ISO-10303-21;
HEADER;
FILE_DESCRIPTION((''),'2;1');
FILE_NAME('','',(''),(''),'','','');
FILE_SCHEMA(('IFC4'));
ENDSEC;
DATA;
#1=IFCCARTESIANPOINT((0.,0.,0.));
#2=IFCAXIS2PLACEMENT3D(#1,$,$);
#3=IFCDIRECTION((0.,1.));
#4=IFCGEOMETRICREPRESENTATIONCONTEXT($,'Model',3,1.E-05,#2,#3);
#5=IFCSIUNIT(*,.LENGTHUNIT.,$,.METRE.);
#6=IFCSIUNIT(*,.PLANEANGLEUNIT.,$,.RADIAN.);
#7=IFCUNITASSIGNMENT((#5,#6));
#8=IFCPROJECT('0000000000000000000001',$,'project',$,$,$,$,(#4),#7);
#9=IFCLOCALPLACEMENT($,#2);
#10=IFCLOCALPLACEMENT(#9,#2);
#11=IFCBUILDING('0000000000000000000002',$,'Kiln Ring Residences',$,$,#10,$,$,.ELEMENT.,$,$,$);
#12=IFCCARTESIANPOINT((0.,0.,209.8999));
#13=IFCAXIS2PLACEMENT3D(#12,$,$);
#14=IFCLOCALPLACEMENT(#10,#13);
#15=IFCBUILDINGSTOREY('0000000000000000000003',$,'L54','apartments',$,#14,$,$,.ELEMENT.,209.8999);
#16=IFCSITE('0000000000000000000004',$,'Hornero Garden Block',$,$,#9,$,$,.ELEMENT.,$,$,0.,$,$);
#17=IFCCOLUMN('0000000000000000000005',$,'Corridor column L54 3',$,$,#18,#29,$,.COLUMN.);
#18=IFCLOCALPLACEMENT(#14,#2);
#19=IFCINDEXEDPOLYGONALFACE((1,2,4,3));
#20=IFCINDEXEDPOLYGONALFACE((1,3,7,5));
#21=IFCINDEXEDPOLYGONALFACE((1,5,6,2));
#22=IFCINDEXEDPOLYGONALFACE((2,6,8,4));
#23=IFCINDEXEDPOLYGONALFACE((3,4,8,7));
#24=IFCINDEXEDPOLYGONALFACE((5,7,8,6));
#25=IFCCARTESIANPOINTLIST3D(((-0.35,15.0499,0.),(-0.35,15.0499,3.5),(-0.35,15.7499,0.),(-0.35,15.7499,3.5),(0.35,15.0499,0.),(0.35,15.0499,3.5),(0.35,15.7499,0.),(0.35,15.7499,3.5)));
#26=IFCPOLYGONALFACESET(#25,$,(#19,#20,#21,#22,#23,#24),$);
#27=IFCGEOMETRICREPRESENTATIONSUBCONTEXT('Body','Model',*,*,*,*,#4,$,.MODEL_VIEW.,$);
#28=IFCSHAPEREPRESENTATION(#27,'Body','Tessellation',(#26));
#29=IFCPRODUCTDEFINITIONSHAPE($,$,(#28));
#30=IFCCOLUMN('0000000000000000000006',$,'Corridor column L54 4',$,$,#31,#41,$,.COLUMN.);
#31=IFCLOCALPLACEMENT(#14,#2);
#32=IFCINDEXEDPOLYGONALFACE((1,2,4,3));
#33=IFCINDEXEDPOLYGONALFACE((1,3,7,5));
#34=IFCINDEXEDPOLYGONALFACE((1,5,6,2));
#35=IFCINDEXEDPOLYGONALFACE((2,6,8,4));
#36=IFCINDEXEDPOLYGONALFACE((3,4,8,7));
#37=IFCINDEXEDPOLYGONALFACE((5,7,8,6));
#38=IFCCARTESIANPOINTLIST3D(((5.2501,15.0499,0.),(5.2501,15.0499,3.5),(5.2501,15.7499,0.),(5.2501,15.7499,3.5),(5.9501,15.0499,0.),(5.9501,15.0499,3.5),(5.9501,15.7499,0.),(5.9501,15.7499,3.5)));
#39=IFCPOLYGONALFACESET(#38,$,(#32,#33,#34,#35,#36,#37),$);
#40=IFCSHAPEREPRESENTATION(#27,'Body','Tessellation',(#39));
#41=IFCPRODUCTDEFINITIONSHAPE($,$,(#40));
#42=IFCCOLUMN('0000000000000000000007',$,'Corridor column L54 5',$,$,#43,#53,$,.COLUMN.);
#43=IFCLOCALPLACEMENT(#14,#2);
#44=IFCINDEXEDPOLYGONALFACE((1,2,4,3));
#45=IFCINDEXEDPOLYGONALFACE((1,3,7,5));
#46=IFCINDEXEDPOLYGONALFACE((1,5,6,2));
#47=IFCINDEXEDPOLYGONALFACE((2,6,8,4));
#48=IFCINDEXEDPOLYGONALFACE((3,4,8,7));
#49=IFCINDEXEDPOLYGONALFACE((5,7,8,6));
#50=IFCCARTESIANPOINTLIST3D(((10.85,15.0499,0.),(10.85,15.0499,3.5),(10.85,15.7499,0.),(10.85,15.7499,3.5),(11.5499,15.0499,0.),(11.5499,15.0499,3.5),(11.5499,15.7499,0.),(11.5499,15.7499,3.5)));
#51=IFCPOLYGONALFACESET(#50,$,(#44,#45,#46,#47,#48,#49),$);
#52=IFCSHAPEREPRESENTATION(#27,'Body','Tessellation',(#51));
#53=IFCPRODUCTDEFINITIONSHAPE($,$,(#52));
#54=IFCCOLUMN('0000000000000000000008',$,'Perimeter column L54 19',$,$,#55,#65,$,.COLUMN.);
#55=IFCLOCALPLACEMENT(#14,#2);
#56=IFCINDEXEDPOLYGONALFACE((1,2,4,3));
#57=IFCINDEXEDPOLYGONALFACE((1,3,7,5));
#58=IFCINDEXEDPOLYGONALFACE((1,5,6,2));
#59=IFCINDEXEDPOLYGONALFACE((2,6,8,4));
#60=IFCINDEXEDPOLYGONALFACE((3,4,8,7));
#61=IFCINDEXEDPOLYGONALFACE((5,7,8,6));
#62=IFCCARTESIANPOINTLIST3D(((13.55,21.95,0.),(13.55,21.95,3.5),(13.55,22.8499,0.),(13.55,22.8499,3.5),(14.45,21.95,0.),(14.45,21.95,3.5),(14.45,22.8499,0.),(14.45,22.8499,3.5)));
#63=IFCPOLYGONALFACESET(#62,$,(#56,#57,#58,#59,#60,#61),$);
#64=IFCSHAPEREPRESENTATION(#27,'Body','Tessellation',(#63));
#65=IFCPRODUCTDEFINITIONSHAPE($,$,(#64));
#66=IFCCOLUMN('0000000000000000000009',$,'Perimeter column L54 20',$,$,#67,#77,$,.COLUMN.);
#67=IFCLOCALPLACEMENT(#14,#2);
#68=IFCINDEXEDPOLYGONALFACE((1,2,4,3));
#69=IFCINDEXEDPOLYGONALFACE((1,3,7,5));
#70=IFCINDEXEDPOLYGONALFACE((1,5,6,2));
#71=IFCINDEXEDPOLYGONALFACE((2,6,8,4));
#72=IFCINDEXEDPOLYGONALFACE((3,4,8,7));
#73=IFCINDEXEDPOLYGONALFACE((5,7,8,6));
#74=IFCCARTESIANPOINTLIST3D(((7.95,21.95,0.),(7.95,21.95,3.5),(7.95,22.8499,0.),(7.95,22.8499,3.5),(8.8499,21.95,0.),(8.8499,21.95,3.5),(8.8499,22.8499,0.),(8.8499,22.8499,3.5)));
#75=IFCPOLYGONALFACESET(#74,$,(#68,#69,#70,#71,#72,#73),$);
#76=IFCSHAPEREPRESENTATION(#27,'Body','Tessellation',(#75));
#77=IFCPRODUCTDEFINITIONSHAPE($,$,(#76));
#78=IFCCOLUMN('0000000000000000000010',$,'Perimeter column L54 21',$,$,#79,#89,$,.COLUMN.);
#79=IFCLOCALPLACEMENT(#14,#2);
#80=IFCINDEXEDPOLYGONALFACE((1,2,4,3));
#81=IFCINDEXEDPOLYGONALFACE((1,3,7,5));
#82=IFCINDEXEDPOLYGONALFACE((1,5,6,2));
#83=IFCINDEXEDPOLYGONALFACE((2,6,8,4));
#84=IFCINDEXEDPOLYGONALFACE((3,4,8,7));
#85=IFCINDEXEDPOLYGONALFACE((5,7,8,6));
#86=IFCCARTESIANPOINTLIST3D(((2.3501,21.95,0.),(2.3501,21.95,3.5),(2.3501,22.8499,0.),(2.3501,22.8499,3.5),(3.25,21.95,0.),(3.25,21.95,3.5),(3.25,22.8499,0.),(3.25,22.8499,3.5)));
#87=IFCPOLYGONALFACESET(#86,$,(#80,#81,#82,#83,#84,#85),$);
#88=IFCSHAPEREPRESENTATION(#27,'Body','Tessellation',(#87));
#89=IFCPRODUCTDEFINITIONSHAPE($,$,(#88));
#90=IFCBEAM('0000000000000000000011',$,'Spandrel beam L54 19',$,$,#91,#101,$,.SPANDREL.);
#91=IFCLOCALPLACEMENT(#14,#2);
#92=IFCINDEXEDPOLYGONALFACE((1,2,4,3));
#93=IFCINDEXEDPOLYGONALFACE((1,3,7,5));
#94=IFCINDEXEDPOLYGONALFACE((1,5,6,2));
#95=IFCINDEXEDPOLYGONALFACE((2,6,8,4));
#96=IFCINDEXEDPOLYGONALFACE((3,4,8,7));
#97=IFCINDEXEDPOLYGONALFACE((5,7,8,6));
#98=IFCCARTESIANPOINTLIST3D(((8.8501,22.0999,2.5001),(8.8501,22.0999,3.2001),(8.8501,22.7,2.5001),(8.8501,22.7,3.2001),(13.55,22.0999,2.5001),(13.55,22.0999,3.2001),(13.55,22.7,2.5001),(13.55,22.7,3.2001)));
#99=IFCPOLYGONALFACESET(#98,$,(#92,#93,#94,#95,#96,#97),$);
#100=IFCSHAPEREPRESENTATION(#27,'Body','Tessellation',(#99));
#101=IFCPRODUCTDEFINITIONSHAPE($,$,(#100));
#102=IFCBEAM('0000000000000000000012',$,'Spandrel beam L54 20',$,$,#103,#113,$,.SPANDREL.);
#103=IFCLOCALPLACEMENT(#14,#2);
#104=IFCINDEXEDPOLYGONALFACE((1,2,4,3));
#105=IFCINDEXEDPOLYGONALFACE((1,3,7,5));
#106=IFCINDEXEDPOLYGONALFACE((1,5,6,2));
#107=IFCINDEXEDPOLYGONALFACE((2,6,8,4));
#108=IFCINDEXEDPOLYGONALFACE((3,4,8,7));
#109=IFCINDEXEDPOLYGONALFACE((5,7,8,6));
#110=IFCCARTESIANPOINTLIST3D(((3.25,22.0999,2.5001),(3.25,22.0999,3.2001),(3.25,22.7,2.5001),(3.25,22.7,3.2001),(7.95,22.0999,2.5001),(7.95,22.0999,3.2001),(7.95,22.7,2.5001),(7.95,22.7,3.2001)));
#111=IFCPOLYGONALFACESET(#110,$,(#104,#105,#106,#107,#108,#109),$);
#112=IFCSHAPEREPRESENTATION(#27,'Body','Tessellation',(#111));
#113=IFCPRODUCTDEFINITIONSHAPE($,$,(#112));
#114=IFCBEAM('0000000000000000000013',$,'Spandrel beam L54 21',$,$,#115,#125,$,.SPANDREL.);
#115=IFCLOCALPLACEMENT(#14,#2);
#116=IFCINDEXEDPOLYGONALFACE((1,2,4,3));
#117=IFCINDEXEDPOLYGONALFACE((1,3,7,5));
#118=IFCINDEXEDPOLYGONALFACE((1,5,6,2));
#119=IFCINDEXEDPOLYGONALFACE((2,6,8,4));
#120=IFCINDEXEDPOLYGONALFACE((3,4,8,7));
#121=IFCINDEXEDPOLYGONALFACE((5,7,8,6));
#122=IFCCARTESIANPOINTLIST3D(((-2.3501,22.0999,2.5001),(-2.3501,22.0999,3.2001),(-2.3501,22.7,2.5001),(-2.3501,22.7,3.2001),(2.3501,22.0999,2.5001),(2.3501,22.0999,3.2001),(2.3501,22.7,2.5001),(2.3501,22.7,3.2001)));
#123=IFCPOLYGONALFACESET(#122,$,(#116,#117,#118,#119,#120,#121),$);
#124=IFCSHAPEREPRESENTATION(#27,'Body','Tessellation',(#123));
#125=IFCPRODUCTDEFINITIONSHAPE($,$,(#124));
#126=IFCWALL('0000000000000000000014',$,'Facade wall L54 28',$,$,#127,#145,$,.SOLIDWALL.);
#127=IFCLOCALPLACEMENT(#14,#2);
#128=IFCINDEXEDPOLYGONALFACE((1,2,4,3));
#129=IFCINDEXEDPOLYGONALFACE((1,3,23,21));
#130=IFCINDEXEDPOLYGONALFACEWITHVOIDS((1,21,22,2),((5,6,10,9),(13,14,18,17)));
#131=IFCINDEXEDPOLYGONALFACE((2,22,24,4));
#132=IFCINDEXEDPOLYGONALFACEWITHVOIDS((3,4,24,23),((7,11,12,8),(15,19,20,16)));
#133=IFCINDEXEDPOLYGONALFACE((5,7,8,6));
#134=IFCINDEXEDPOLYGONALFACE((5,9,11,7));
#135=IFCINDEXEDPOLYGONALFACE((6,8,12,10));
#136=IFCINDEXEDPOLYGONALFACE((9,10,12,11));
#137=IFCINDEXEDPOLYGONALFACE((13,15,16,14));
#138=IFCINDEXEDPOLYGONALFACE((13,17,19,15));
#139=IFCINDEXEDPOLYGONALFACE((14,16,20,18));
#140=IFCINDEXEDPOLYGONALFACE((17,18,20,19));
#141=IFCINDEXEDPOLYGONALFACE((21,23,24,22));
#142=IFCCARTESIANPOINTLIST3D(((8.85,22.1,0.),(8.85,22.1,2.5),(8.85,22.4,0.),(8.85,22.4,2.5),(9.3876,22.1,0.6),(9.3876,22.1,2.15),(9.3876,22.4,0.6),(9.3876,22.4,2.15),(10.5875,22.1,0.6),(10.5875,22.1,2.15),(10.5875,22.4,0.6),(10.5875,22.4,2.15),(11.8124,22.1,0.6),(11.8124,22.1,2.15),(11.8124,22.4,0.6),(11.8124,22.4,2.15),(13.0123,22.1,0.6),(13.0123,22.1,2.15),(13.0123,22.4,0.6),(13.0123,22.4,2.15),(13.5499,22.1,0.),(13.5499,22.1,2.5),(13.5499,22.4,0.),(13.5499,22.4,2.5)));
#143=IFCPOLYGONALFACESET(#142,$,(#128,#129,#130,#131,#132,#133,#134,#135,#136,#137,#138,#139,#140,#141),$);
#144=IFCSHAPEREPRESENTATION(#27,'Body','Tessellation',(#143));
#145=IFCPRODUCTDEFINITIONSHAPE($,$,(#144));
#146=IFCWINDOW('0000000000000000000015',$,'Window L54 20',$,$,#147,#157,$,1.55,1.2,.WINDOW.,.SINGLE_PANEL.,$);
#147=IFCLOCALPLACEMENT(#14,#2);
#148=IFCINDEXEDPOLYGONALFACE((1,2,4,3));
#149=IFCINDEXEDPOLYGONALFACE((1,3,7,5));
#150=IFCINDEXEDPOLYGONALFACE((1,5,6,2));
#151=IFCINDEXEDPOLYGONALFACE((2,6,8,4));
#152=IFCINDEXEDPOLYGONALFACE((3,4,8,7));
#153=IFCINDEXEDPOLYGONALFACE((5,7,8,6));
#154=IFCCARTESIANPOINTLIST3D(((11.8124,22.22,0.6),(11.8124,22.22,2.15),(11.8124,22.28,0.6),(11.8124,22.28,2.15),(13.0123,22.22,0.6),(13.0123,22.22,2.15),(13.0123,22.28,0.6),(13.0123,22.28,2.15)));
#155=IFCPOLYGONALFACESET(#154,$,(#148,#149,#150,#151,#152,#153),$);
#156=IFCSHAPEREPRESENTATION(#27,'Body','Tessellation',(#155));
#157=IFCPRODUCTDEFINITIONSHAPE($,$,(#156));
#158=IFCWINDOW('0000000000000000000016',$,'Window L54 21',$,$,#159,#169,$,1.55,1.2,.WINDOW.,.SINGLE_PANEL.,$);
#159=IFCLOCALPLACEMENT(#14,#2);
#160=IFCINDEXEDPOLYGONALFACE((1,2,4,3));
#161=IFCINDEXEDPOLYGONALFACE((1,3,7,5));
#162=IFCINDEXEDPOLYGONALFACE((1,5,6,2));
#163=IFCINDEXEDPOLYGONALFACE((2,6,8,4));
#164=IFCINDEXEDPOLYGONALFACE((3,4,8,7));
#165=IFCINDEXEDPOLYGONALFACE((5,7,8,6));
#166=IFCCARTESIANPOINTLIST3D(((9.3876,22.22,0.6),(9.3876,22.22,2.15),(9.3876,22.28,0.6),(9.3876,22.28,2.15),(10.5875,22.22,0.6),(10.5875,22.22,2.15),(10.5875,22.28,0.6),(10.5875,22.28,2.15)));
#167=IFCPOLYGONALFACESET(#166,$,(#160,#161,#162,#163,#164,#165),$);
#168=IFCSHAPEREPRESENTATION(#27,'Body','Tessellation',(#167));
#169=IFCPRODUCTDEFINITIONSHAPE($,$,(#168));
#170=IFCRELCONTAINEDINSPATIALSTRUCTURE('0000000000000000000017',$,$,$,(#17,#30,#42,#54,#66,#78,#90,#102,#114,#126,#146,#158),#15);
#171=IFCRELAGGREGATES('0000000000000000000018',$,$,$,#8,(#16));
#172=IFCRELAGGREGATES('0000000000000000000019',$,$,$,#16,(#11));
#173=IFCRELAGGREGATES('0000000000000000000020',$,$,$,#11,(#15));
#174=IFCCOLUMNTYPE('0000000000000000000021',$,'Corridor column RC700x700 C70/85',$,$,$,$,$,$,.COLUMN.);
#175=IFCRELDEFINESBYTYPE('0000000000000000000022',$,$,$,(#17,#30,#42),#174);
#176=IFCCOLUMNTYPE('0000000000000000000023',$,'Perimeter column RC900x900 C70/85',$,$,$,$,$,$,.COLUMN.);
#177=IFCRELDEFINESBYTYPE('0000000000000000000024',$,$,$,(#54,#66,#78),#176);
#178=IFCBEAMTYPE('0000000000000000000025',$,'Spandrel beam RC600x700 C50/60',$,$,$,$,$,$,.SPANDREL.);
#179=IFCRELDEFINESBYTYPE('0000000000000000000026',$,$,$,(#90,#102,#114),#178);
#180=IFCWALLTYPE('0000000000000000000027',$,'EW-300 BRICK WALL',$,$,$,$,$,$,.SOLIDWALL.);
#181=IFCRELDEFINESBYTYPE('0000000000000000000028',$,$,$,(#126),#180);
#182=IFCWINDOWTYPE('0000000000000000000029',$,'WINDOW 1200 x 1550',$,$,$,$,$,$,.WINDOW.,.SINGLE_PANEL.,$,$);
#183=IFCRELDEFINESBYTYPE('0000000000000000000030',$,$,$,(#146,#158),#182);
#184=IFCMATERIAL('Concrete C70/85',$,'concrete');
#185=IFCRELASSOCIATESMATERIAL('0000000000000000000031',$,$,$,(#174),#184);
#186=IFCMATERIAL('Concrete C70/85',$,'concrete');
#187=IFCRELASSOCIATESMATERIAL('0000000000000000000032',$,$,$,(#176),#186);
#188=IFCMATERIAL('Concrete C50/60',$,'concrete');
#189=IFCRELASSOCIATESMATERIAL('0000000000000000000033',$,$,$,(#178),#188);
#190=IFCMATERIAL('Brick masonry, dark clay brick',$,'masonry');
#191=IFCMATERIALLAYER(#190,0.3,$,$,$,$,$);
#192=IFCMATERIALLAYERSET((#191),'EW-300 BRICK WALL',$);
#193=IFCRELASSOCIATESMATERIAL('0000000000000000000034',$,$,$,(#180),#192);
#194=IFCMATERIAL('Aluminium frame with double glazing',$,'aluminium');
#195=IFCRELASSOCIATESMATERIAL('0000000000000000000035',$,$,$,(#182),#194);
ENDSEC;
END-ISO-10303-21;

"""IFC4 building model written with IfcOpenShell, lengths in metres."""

from ifc_helpers import new_model, si_unit, direction, frame, frame_2d, origin, origin_2d, place, context, subcontext, project, spatial, rectangle, extrude, material, layer, layer_set, material_profile, profile_set, type_object, element, fill, save


model = new_model("IFC4")

# Units and contexts
model_context = context("Model", 3, precision=1e-05, world=origin(), true_north=direction((0.0, 1.0)))
body_context = subcontext(model_context, "Body", "Model", "MODEL_VIEW")
ifc_project = project(units=[si_unit("LENGTHUNIT", "METRE"), si_unit("PLANEANGLEUNIT", "RADIAN")], contexts=[model_context])

# Site, building, storey
site_placement = place(None, origin())
site = spatial("IfcSite", under=ifc_project, at=site_placement, Name="Hornero Garden Block", CompositionType="ELEMENT", RefElevation=0.0)
building_placement = place(site_placement, origin())
building = spatial("IfcBuilding", under=site, at=building_placement, Name="Kiln Ring Residences", CompositionType="ELEMENT")
storey_placement = place(building_placement, frame((0.0, 0.0, 209.8999)))
storey = spatial("IfcBuildingStorey", under=building, at=storey_placement, Name="L54", Description="apartments", CompositionType="ELEMENT", Elevation=209.8999)

# Columns
ifc_material_1 = material(Name="Concrete C70/85", Category="concrete")
ifc_material_profile_1 = material_profile(ifc_material_1, rectangle(XDim=0.7, YDim=0.7, at=origin_2d()), Name="RC700x700")
ifc_profile_set_1 = profile_set([ifc_material_profile_1], Name="Concrete C70/85")
column_type_1 = type_object("IfcColumnType", Name="Corridor column RC700x700 C70/85", PredefinedType="COLUMN", material=ifc_profile_set_1)
for number, where, z_axis, x_axis, name in (
    (1, (0.0, 15.3999, 0.0), (0.0, 0.0, 1.0), (1.0, 0.0, 0.0), "Corridor column L54 3"),
    (2, (5.6001, 15.3999, 0.0), (0.0, 0.0, 1.0), (1.0, 0.0, 0.0), "Corridor column L54 4"),
    (3, (11.2, 15.3999, 0.0), (0.0, 0.0, 1.0), (1.0, 0.0, 0.0), "Corridor column L54 5"),
):
    element("IfcColumn", number, at=place(storey_placement, frame(where, z_axis=z_axis, x_axis=x_axis)), inside=storey, type_object=column_type_1, Name=name, PredefinedType="COLUMN", context=body_context, shape_type="SweptSolid", body=[
        extrude(rectangle(XDim=0.7, YDim=0.7, at=origin_2d()), origin(), (0.0, 0.0, 1.0), 3.5),
    ])
ifc_material_2 = material(Name="Concrete C70/85", Category="concrete")
ifc_material_profile_2 = material_profile(ifc_material_2, rectangle(XDim=0.8999, YDim=0.8999, at=origin_2d()), Name="RC900x900")
ifc_profile_set_2 = profile_set([ifc_material_profile_2], Name="Concrete C70/85")
column_type_2 = type_object("IfcColumnType", Name="Perimeter column RC900x900 C70/85", PredefinedType="COLUMN", material=ifc_profile_set_2)
for number, where, z_axis, x_axis, name in (
    (4, (14.0, 22.3999, 0.0), (0.0, 0.0, 1.0), (1.0, 0.0, 0.0), "Perimeter column L54 19"),
    (5, (8.3999, 22.3999, 0.0), (0.0, 0.0, 1.0), (1.0, 0.0, 0.0), "Perimeter column L54 20"),
    (6, (2.8, 22.3999, 0.0), (0.0, 0.0, 1.0), (1.0, 0.0, 0.0), "Perimeter column L54 21"),
):
    element("IfcColumn", number, at=place(storey_placement, frame(where, z_axis=z_axis, x_axis=x_axis)), inside=storey, type_object=column_type_2, Name=name, PredefinedType="COLUMN", context=body_context, shape_type="SweptSolid", body=[
        extrude(rectangle(XDim=0.8999, YDim=0.8999, at=origin_2d()), origin(), (0.0, 0.0, 1.0), 3.5),
    ])

# Beams
ifc_material_3 = material(Name="Concrete C50/60", Category="concrete")
ifc_material_profile_3 = material_profile(ifc_material_3, rectangle(XDim=0.6001, YDim=0.7, at=origin_2d()), Name="RC600x700")
ifc_profile_set_3 = profile_set([ifc_material_profile_3], Name="Concrete C50/60")
beam_type = type_object("IfcBeamType", Name="Spandrel beam RC600x700 C50/60", PredefinedType="SPANDREL", material=ifc_profile_set_3)
for number, where, z_axis, x_axis, name in (
    (7, (13.55, 22.3999, 2.8501), (-1.0, 0.0, 0.0), (0.0, -1.0, 0.0), "Spandrel beam L54 19"),
    (8, (7.95, 22.3999, 2.8501), (-1.0, 0.0, 0.0), (0.0, -1.0, 0.0), "Spandrel beam L54 20"),
):
    element("IfcBeam", number, at=place(storey_placement, frame(where, z_axis=z_axis, x_axis=x_axis)), inside=storey, type_object=beam_type, Name=name, PredefinedType="SPANDREL", context=body_context, shape_type="SweptSolid", body=[
        extrude(rectangle(XDim=0.6001, YDim=0.7, at=origin_2d()), origin(), (0.0, 0.0, 1.0), 4.7),
    ])
beam_placement = place(storey_placement, frame((2.3501, 22.3999, 2.8501), z_axis=(-1.0, 0.0, 0.0), x_axis=(0.0, -1.0, 0.0)))
element("IfcBeam", 9, at=beam_placement, inside=storey, type_object=beam_type, Name="Spandrel beam L54 21", PredefinedType="SPANDREL", context=body_context, shape_type="SweptSolid", body=[
    extrude(rectangle(XDim=0.6001, YDim=0.7, at=origin_2d()), origin(), (0.0, 0.0, 1.0), 4.7002),
])

# Wall, openings, windows
ifc_material_4 = material(Name="Brick masonry, dark clay brick", Category="masonry")
ifc_layer_1 = layer(ifc_material_4, 0.3)
ifc_layer_set_1 = layer_set([ifc_layer_1], Name="EW-300 BRICK WALL")
wall_type_1 = type_object("IfcWallType", Name="EW-300 BRICK WALL", PredefinedType="SOLIDWALL", material=ifc_layer_set_1)
wall_1_placement = place(storey_placement, frame((13.55, 22.25, 0.0), z_axis=(0.0, 0.0, 1.0), x_axis=(-1.0, 0.0, 0.0)))
wall_1 = element("IfcWall", 10, at=wall_1_placement, inside=storey, type_object=wall_type_1, Name="Facade wall L54 28", PredefinedType="SOLIDWALL", context=body_context, shape_type="SweptSolid", body=[
    extrude(rectangle(XDim=4.7, YDim=0.3, at=frame_2d((2.3501, 0.0))), origin(), (0.0, 0.0, 1.0), 2.5),
])
opening_1_placement = place(wall_1_placement, frame((0.5376, 0.0, 0.6001)))
opening_1 = element("IfcOpeningElement", 11, at=opening_1_placement, cuts=wall_1, PredefinedType="OPENING", context=body_context, shape_type="SweptSolid", body=[
    extrude(rectangle(XDim=1.2, YDim=1.55, at=frame_2d((0.6001, 0.7749))), frame((0.0, 0.1599, 0.0), z_axis=(0.0, -1.0, 0.0), x_axis=(1.0, 0.0, 0.0)), (0.0, 0.0, 1.0), 0.3201),
])
opening_2_placement = place(wall_1_placement, frame((2.9624, 0.0, 0.6001)))
opening_2 = element("IfcOpeningElement", 12, at=opening_2_placement, cuts=wall_1, PredefinedType="OPENING", context=body_context, shape_type="SweptSolid", body=[
    extrude(rectangle(XDim=1.2, YDim=1.55, at=frame_2d((0.6001, 0.7749))), frame((0.0, 0.1599, 0.0), z_axis=(0.0, -1.0, 0.0), x_axis=(1.0, 0.0, 0.0)), (0.0, 0.0, 1.0), 0.3201),
])
ifc_material_5 = material(Name="Aluminium frame with double glazing", Category="aluminium")
window_type = type_object("IfcWindowType", Name="WINDOW 1200 x 1550", PartitioningType="SINGLE_PANEL", PredefinedType="WINDOW", material=ifc_material_5)
window_1_placement = place(opening_1_placement, origin())
window_1 = element("IfcWindow", 13, at=window_1_placement, inside=storey, type_object=window_type, Name="Window L54 20", OverallHeight=1.55, OverallWidth=1.2, PartitioningType="SINGLE_PANEL", PredefinedType="WINDOW", context=body_context, shape_type="SweptSolid", body=[
    extrude(rectangle(XDim=1.2, YDim=1.55, at=frame_2d((0.6001, 0.7749))), frame((0.0, 0.03, 0.0), z_axis=(0.0, -1.0, 0.0), x_axis=(1.0, 0.0, 0.0)), (0.0, 0.0, 1.0), 0.0601),
])
fill(opening_1, window_1)
window_2_placement = place(opening_2_placement, origin())
window_2 = element("IfcWindow", 14, at=window_2_placement, inside=storey, type_object=window_type, Name="Window L54 21", OverallHeight=1.55, OverallWidth=1.2, PartitioningType="SINGLE_PANEL", PredefinedType="WINDOW", context=body_context, shape_type="SweptSolid", body=[
    extrude(rectangle(XDim=1.2, YDim=1.55, at=frame_2d((0.6001, 0.7749))), frame((0.0, 0.03, 0.0), z_axis=(0.0, -1.0, 0.0), x_axis=(1.0, 0.0, 0.0)), (0.0, 0.0, 1.0), 0.0601),
])
fill(opening_2, window_2)

save(model, "model.ifc")
